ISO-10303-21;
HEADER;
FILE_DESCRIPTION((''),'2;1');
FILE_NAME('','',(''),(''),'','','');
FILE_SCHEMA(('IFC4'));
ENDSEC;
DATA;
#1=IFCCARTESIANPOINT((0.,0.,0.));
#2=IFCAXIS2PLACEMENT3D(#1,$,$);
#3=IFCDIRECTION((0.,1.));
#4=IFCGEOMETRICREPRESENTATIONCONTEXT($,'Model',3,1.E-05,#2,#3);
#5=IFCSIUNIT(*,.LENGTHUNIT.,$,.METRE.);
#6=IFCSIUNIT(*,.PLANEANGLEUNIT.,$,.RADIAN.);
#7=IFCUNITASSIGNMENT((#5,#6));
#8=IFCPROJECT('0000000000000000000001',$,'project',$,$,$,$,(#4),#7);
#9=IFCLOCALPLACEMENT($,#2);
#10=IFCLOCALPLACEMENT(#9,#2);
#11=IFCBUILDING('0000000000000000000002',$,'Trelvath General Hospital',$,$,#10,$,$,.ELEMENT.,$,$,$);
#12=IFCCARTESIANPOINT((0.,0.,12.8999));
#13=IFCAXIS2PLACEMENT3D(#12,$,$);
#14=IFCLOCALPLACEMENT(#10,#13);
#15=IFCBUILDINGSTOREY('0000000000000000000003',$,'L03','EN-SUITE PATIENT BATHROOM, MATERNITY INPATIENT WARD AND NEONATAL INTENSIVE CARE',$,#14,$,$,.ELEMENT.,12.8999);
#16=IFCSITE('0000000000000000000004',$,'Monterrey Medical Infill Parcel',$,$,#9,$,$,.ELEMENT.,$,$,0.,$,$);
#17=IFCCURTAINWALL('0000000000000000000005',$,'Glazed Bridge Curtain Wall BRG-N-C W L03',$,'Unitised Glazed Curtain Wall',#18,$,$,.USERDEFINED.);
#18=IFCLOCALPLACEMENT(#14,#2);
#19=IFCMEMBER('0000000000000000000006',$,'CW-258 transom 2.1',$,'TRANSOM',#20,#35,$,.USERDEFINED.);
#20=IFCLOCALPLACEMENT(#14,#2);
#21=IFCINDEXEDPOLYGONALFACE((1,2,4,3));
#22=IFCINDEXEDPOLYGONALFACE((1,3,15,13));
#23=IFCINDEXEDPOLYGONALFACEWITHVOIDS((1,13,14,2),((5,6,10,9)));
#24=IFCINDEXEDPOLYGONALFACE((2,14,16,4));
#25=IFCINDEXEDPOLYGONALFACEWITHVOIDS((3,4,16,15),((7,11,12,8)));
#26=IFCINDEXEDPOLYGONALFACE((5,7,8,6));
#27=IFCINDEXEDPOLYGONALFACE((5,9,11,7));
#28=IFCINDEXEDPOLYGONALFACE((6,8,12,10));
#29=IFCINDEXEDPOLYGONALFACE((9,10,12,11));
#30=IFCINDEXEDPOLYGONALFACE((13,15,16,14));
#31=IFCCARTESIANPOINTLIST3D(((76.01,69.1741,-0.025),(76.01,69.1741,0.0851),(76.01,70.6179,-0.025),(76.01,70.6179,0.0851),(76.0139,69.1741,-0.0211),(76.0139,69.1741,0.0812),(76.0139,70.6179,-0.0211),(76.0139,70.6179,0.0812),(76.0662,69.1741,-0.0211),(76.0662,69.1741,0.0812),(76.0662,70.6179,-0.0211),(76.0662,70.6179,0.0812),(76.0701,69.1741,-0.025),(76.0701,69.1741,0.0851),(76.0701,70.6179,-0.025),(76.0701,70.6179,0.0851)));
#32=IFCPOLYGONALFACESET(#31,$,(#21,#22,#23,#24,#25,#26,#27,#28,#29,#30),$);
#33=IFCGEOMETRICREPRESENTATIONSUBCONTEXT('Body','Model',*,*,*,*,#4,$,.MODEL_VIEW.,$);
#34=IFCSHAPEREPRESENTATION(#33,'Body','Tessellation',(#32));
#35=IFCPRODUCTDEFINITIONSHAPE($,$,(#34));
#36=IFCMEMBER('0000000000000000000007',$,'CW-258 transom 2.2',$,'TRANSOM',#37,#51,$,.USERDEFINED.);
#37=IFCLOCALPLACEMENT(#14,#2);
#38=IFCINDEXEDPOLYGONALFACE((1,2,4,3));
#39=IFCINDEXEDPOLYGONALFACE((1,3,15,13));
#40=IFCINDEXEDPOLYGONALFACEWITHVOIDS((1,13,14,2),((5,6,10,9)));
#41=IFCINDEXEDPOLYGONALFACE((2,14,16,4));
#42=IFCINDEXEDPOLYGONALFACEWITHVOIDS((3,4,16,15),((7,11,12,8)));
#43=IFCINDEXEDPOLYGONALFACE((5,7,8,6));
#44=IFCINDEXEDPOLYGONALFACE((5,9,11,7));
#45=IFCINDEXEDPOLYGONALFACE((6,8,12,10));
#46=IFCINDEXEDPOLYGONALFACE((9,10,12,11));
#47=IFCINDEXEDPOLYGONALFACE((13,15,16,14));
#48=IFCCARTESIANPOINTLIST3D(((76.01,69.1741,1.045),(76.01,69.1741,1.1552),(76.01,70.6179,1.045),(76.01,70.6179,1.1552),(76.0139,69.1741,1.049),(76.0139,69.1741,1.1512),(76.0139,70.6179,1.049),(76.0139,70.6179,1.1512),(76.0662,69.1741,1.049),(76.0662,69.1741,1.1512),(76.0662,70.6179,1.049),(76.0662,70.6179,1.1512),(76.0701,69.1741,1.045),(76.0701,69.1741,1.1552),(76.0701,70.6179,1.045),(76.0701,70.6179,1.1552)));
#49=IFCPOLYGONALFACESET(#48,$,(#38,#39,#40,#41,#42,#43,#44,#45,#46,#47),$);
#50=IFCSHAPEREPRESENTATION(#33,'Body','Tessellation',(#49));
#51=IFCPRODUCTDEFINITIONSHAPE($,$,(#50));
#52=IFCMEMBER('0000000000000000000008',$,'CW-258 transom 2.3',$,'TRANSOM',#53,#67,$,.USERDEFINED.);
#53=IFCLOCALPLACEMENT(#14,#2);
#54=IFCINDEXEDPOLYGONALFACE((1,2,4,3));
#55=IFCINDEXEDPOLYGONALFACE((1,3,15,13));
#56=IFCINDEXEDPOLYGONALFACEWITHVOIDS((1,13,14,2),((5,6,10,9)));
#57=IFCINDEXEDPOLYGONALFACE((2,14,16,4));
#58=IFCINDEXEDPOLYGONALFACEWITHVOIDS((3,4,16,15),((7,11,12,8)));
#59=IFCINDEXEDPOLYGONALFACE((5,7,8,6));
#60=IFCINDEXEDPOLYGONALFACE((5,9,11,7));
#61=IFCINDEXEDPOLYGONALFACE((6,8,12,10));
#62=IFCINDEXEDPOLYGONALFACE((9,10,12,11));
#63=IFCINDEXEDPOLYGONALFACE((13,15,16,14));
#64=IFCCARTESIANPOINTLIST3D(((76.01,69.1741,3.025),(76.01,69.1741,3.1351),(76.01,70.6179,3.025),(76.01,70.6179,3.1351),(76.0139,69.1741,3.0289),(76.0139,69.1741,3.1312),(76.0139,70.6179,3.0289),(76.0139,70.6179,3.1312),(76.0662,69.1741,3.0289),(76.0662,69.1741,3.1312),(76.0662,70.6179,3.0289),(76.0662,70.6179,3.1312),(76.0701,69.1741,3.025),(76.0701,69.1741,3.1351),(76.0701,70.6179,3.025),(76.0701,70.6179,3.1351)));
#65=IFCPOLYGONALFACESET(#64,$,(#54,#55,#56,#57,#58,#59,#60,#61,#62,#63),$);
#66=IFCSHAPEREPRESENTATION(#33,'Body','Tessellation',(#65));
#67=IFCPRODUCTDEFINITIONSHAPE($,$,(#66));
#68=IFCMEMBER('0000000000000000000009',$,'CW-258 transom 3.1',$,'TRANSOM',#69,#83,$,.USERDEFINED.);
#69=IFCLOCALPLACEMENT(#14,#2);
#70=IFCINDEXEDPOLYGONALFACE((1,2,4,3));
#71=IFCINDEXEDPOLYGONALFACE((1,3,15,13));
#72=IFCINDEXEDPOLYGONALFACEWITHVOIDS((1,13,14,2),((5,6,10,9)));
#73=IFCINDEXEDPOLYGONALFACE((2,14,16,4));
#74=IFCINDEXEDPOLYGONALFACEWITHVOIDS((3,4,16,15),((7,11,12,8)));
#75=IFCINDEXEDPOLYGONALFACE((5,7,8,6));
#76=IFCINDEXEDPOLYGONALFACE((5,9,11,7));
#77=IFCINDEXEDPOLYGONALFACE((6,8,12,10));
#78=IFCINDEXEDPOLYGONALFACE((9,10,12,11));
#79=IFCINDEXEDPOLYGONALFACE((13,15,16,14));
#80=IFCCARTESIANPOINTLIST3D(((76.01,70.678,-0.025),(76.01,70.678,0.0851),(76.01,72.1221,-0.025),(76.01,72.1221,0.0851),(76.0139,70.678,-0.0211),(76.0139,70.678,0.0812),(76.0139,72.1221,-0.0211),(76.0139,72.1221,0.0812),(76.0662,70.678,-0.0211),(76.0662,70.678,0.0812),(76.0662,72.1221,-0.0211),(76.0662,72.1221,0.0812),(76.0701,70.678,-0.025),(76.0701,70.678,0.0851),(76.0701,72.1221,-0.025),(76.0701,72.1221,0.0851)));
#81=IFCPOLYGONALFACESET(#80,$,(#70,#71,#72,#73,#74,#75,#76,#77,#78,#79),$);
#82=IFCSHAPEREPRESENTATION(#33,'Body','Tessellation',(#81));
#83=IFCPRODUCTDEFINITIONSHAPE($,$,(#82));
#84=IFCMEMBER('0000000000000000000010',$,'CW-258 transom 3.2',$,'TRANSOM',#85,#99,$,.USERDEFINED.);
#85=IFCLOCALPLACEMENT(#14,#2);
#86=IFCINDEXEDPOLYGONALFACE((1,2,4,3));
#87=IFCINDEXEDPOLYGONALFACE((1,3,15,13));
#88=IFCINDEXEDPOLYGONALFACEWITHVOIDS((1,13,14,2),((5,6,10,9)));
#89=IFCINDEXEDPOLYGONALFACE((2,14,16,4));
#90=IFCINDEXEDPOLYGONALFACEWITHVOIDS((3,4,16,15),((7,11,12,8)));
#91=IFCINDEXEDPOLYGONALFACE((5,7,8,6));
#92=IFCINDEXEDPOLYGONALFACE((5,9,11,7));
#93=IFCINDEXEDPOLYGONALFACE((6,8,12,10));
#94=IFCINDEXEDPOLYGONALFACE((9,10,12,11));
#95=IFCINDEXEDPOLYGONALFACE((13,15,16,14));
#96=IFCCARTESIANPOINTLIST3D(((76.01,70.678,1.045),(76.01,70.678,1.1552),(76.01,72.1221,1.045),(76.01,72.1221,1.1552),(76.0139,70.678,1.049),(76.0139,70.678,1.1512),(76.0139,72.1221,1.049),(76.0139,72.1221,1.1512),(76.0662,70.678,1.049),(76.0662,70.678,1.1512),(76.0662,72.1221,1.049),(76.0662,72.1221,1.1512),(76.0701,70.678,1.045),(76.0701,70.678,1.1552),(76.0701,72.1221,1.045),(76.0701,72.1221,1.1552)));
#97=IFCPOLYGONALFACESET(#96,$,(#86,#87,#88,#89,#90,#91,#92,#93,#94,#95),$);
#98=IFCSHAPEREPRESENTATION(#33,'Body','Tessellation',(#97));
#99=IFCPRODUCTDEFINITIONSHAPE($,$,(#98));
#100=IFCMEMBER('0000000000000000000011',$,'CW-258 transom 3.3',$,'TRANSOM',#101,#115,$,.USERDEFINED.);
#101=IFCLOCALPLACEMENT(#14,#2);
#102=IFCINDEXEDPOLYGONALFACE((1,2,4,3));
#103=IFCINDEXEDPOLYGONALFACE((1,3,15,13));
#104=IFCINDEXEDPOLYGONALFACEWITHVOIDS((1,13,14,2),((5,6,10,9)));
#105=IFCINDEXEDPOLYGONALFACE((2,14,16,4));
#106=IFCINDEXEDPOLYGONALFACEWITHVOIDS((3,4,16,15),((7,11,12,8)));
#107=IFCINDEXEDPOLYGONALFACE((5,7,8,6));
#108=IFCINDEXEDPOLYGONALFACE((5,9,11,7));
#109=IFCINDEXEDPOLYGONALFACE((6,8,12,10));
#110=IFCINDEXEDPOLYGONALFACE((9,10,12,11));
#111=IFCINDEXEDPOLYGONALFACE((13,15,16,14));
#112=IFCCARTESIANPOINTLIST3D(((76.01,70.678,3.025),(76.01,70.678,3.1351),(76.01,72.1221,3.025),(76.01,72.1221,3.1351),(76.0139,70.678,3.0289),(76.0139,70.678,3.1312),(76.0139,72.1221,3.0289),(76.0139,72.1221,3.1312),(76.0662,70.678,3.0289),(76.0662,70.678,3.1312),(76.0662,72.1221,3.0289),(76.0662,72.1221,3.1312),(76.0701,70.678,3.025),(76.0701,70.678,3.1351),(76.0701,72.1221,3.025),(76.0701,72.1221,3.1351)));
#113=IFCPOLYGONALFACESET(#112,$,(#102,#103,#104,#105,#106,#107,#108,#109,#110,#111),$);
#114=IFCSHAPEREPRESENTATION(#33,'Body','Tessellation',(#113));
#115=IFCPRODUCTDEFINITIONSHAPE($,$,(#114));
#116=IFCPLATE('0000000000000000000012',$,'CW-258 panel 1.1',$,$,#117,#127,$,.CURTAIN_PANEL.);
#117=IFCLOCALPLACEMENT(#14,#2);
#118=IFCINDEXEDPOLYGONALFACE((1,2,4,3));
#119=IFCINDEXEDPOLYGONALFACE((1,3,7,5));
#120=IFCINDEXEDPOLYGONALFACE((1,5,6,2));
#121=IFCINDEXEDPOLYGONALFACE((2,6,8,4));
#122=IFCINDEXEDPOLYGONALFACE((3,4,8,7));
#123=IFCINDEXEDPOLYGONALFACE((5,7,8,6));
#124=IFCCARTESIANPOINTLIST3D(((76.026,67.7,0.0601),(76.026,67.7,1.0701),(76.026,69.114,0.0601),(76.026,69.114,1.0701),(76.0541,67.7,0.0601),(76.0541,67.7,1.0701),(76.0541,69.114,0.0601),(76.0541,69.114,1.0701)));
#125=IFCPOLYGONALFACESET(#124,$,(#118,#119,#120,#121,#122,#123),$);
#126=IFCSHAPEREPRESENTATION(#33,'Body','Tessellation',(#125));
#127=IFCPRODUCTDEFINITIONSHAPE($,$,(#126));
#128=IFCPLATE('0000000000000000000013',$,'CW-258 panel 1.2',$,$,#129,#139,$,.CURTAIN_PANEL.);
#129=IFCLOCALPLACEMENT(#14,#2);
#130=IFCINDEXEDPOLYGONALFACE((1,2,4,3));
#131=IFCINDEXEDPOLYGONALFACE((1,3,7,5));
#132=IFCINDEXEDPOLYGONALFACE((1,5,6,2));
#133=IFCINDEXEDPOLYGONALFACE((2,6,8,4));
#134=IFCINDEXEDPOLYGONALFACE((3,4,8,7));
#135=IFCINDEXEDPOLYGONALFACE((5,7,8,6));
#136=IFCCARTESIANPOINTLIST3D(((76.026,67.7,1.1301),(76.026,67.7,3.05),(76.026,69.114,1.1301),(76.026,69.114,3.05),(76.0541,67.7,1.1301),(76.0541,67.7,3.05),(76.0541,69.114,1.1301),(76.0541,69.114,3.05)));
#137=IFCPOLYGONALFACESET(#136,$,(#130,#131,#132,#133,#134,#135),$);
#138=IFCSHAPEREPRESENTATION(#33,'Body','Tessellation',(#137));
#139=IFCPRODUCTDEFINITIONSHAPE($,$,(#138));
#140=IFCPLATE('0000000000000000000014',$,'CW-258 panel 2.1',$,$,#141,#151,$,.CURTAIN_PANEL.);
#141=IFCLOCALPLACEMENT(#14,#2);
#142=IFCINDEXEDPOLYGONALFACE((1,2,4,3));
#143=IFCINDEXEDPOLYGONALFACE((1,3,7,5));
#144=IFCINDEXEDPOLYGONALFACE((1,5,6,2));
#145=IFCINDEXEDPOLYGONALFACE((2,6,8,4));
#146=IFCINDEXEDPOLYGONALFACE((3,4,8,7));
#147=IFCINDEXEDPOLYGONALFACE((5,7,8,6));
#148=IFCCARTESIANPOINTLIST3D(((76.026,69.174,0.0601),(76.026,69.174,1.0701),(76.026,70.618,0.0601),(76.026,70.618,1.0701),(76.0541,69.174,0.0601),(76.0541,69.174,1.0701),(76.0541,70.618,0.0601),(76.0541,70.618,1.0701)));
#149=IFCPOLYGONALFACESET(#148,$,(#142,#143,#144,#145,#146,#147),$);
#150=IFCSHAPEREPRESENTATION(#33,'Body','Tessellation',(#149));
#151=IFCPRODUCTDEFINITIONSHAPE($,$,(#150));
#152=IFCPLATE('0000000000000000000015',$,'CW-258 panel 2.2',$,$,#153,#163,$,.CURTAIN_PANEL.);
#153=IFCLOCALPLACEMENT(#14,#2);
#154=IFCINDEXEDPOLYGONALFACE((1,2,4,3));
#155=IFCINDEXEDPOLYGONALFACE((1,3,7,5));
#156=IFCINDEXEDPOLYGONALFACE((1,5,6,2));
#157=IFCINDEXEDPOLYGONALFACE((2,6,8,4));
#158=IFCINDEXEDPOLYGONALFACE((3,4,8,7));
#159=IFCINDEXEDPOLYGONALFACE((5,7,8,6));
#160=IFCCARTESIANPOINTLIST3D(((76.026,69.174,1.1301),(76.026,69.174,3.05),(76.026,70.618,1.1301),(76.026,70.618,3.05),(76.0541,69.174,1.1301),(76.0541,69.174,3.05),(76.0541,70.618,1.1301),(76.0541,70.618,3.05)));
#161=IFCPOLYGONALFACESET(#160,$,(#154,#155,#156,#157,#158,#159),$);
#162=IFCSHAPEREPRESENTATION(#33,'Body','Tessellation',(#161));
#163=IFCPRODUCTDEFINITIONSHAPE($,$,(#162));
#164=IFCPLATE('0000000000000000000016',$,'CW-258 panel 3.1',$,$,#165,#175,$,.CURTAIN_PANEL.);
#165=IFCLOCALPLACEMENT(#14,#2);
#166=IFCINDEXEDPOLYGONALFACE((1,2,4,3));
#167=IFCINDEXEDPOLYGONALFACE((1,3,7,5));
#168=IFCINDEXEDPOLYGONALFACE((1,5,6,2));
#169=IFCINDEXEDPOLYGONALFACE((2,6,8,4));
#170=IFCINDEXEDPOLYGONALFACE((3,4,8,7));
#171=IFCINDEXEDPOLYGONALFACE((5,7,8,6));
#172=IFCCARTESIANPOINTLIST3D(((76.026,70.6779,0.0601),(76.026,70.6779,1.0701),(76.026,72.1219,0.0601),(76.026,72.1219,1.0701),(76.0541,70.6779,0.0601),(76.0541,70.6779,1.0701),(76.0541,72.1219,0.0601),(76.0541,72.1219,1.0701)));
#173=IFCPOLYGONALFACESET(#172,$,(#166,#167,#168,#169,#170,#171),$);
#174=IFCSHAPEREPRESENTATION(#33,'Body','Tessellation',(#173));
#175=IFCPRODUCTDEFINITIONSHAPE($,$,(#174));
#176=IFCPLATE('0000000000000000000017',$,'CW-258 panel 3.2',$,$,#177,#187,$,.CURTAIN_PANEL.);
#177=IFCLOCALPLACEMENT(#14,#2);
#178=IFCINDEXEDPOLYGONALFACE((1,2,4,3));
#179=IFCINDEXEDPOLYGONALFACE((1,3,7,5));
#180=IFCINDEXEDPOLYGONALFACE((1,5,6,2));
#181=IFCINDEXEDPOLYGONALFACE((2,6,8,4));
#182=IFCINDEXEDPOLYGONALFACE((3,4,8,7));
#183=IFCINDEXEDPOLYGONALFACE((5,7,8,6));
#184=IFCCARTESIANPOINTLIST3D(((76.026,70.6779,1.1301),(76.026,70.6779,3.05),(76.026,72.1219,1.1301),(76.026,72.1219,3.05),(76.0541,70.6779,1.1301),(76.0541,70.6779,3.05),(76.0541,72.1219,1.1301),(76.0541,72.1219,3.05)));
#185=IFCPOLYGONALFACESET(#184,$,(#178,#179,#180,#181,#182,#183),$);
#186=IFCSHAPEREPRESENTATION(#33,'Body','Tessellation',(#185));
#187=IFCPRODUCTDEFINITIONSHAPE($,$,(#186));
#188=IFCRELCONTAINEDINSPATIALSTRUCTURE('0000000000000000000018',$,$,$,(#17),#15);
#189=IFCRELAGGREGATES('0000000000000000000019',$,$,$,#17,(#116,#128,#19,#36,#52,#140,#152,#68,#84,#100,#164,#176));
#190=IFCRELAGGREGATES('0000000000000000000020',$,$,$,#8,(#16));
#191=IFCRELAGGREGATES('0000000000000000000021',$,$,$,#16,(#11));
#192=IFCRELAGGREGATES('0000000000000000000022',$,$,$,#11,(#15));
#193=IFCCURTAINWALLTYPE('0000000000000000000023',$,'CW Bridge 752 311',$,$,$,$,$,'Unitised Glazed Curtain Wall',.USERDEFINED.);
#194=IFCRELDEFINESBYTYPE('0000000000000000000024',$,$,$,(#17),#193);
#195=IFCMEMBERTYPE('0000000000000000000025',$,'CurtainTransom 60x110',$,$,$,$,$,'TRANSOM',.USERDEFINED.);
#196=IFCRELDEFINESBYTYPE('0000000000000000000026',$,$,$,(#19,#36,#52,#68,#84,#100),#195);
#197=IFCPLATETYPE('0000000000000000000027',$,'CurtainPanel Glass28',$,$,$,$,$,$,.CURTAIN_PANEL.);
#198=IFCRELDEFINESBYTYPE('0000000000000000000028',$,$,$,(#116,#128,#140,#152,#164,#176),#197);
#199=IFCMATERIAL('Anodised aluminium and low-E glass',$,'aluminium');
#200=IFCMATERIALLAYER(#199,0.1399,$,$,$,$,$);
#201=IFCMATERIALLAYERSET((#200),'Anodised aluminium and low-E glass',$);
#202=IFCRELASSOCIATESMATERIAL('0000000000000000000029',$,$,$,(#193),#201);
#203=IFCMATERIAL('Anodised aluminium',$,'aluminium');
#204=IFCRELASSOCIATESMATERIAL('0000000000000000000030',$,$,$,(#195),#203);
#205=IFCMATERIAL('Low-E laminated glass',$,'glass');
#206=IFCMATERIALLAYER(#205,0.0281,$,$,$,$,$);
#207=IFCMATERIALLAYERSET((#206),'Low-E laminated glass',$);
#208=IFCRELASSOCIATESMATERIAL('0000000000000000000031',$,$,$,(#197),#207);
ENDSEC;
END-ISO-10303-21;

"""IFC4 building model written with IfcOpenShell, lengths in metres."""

from ifc_helpers import new_model, si_unit, direction, frame, origin, origin_2d, place, context, subcontext, project, spatial, rectangle, hollow_rectangle, extrude, material, layer, layer_set, material_profile, profile_set, type_object, element, aggregate, save


model = new_model("IFC4")

# Units and contexts
model_context = context("Model", 3, precision=1e-05, world=origin(), true_north=direction((0.0, 1.0)))
body_context = subcontext(model_context, "Body", "Model", "MODEL_VIEW")
ifc_project = project(units=[si_unit("LENGTHUNIT", "METRE"), si_unit("PLANEANGLEUNIT", "RADIAN")], contexts=[model_context])

# Site, building, storey
site_placement = place(None, origin())
site = spatial("IfcSite", under=ifc_project, at=site_placement, Name="Monterrey Medical Infill Parcel", CompositionType="ELEMENT", RefElevation=0.0)
building_placement = place(site_placement, origin())
building = spatial("IfcBuilding", under=site, at=building_placement, Name="Trelvath General Hospital", CompositionType="ELEMENT")
storey_placement = place(building_placement, frame((0.0, 0.0, 12.8999)))
storey = spatial("IfcBuildingStorey", under=building, at=storey_placement, Name="L03", Description="EN-SUITE PATIENT BATHROOM, MATERNITY INPATIENT WARD AND NEONATAL INTENSIVE CARE", CompositionType="ELEMENT", Elevation=12.8999)

# Curtain wall, members, plates
ifc_material_1 = material(Name="Anodised aluminium and low-E glass", Category="aluminium")
ifc_layer_1 = layer(ifc_material_1, 0.1399)
ifc_layer_set_1 = layer_set([ifc_layer_1], Name="Anodised aluminium and low-E glass")
curtain_wall_type = type_object("IfcCurtainWallType", Name="CW Bridge 752 311", ElementType="Unitised Glazed Curtain Wall", PredefinedType="USERDEFINED", material=ifc_layer_set_1)
curtain_wall_placement = place(storey_placement, origin())
curtain_wall = element("IfcCurtainWall", 1, at=curtain_wall_placement, inside=storey, type_object=curtain_wall_type, Name="Glazed Bridge Curtain Wall BRG-N-C W L03", ObjectType="Unitised Glazed Curtain Wall", PredefinedType="USERDEFINED")
ifc_material_2 = material(Name="Anodised aluminium", Category="aluminium")
ifc_material_profile_1 = material_profile(ifc_material_2, hollow_rectangle(XDim=0.0601, YDim=0.1101, WallThickness=0.0039, at=origin_2d()), Name="RHS60x110x4")
ifc_profile_set_1 = profile_set([ifc_material_profile_1], Name="Anodised aluminium")
member_type_1 = type_object("IfcMemberType", Name="CurtainTransom 60x110", ElementType="TRANSOM", PredefinedType="USERDEFINED", material=ifc_profile_set_1)
member_1_placement = place(storey_placement, frame((76.04, 69.1741, 0.03), z_axis=(0.0, 1.0, 0.0), x_axis=(-1.0, 0.0, 0.0)))
member_1 = element("IfcMember", 2, at=member_1_placement, type_object=member_type_1, Name="CW-258 transom 2.1", ObjectType="TRANSOM", PredefinedType="USERDEFINED", context=body_context, shape_type="SweptSolid", body=[
    extrude(hollow_rectangle(XDim=0.0601, YDim=0.1101, WallThickness=0.0039, at=origin_2d()), origin(), (0.0, 0.0, 1.0), 1.4438),
])
member_2_placement = place(storey_placement, frame((76.04, 69.1741, 1.1001), z_axis=(0.0, 1.0, 0.0), x_axis=(-1.0, 0.0, 0.0)))
member_2 = element("IfcMember", 3, at=member_2_placement, type_object=member_type_1, Name="CW-258 transom 2.2", ObjectType="TRANSOM", PredefinedType="USERDEFINED", context=body_context, shape_type="SweptSolid", body=[
    extrude(hollow_rectangle(XDim=0.0601, YDim=0.1101, WallThickness=0.0039, at=origin_2d()), origin(), (0.0, 0.0, 1.0), 1.4438),
])
member_3_placement = place(storey_placement, frame((76.04, 69.1741, 3.0801), z_axis=(0.0, 1.0, 0.0), x_axis=(-1.0, 0.0, 0.0)))
member_3 = element("IfcMember", 4, at=member_3_placement, type_object=member_type_1, Name="CW-258 transom 2.3", ObjectType="TRANSOM", PredefinedType="USERDEFINED", context=body_context, shape_type="SweptSolid", body=[
    extrude(hollow_rectangle(XDim=0.0601, YDim=0.1101, WallThickness=0.0039, at=origin_2d()), origin(), (0.0, 0.0, 1.0), 1.4438),
])
member_4_placement = place(storey_placement, frame((76.04, 70.678, 0.03), z_axis=(0.0, 1.0, 0.0), x_axis=(-1.0, 0.0, 0.0)))
member_4 = element("IfcMember", 5, at=member_4_placement, type_object=member_type_1, Name="CW-258 transom 3.1", ObjectType="TRANSOM", PredefinedType="USERDEFINED", context=body_context, shape_type="SweptSolid", body=[
    extrude(hollow_rectangle(XDim=0.0601, YDim=0.1101, WallThickness=0.0039, at=origin_2d()), origin(), (0.0, 0.0, 1.0), 1.4441),
])
member_5_placement = place(storey_placement, frame((76.04, 70.678, 1.1001), z_axis=(0.0, 1.0, 0.0), x_axis=(-1.0, 0.0, 0.0)))
member_5 = element("IfcMember", 6, at=member_5_placement, type_object=member_type_1, Name="CW-258 transom 3.2", ObjectType="TRANSOM", PredefinedType="USERDEFINED", context=body_context, shape_type="SweptSolid", body=[
    extrude(hollow_rectangle(XDim=0.0601, YDim=0.1101, WallThickness=0.0039, at=origin_2d()), origin(), (0.0, 0.0, 1.0), 1.4441),
])
member_6_placement = place(storey_placement, frame((76.04, 70.678, 3.0801), z_axis=(0.0, 1.0, 0.0), x_axis=(-1.0, 0.0, 0.0)))
member_6 = element("IfcMember", 7, at=member_6_placement, type_object=member_type_1, Name="CW-258 transom 3.3", ObjectType="TRANSOM", PredefinedType="USERDEFINED", context=body_context, shape_type="SweptSolid", body=[
    extrude(hollow_rectangle(XDim=0.0601, YDim=0.1101, WallThickness=0.0039, at=origin_2d()), origin(), (0.0, 0.0, 1.0), 1.4441),
])
ifc_material_3 = material(Name="Low-E laminated glass", Category="glass")
ifc_layer_2 = layer(ifc_material_3, 0.0281)
ifc_layer_set_2 = layer_set([ifc_layer_2], Name="Low-E laminated glass")
plate_type = type_object("IfcPlateType", Name="CurtainPanel Glass28", PredefinedType="CURTAIN_PANEL", material=ifc_layer_set_2)
plate_1_placement = place(storey_placement, frame((76.04, 68.407, 0.0601), z_axis=(0.0, 0.0, 1.0), x_axis=(0.0, 1.0, 0.0)))
plate_1 = element("IfcPlate", 8, at=plate_1_placement, type_object=plate_type, Name="CW-258 panel 1.1", PredefinedType="CURTAIN_PANEL", context=body_context, shape_type="SweptSolid", body=[
    extrude(rectangle(XDim=1.4141, YDim=0.0281, at=origin_2d()), origin(), (0.0, 0.0, 1.0), 1.01),
])
plate_2_placement = place(storey_placement, frame((76.04, 68.407, 1.1301), z_axis=(0.0, 0.0, 1.0), x_axis=(0.0, 1.0, 0.0)))
plate_2 = element("IfcPlate", 9, at=plate_2_placement, type_object=plate_type, Name="CW-258 panel 1.2", PredefinedType="CURTAIN_PANEL", context=body_context, shape_type="SweptSolid", body=[
    extrude(rectangle(XDim=1.4141, YDim=0.0281, at=origin_2d()), origin(), (0.0, 0.0, 1.0), 1.9199),
])
plate_3_placement = place(storey_placement, frame((76.04, 69.896, 0.0601), z_axis=(0.0, 0.0, 1.0), x_axis=(0.0, 1.0, 0.0)))
plate_3 = element("IfcPlate", 10, at=plate_3_placement, type_object=plate_type, Name="CW-258 panel 2.1", PredefinedType="CURTAIN_PANEL", context=body_context, shape_type="SweptSolid", body=[
    extrude(rectangle(XDim=1.4441, YDim=0.0281, at=origin_2d()), origin(), (0.0, 0.0, 1.0), 1.01),
])
plate_4_placement = place(storey_placement, frame((76.04, 69.896, 1.1301), z_axis=(0.0, 0.0, 1.0), x_axis=(0.0, 1.0, 0.0)))
plate_4 = element("IfcPlate", 11, at=plate_4_placement, type_object=plate_type, Name="CW-258 panel 2.2", PredefinedType="CURTAIN_PANEL", context=body_context, shape_type="SweptSolid", body=[
    extrude(rectangle(XDim=1.4441, YDim=0.0281, at=origin_2d()), origin(), (0.0, 0.0, 1.0), 1.9199),
])
plate_5_placement = place(storey_placement, frame((76.04, 71.3999, 0.0601), z_axis=(0.0, 0.0, 1.0), x_axis=(0.0, 1.0, 0.0)))
plate_5 = element("IfcPlate", 12, at=plate_5_placement, type_object=plate_type, Name="CW-258 panel 3.1", PredefinedType="CURTAIN_PANEL", context=body_context, shape_type="SweptSolid", body=[
    extrude(rectangle(XDim=1.4441, YDim=0.0281, at=origin_2d()), origin(), (0.0, 0.0, 1.0), 1.01),
])
plate_6_placement = place(storey_placement, frame((76.04, 71.3999, 1.1301), z_axis=(0.0, 0.0, 1.0), x_axis=(0.0, 1.0, 0.0)))
plate_6 = element("IfcPlate", 13, at=plate_6_placement, type_object=plate_type, Name="CW-258 panel 3.2", PredefinedType="CURTAIN_PANEL", context=body_context, shape_type="SweptSolid", body=[
    extrude(rectangle(XDim=1.4441, YDim=0.0281, at=origin_2d()), origin(), (0.0, 0.0, 1.0), 1.9199),
])
aggregate(curtain_wall, [plate_1, plate_2, member_1, member_2, member_3, plate_3, plate_4, member_4, member_5, member_6, plate_5, plate_6])

save(model, "model.ifc")
